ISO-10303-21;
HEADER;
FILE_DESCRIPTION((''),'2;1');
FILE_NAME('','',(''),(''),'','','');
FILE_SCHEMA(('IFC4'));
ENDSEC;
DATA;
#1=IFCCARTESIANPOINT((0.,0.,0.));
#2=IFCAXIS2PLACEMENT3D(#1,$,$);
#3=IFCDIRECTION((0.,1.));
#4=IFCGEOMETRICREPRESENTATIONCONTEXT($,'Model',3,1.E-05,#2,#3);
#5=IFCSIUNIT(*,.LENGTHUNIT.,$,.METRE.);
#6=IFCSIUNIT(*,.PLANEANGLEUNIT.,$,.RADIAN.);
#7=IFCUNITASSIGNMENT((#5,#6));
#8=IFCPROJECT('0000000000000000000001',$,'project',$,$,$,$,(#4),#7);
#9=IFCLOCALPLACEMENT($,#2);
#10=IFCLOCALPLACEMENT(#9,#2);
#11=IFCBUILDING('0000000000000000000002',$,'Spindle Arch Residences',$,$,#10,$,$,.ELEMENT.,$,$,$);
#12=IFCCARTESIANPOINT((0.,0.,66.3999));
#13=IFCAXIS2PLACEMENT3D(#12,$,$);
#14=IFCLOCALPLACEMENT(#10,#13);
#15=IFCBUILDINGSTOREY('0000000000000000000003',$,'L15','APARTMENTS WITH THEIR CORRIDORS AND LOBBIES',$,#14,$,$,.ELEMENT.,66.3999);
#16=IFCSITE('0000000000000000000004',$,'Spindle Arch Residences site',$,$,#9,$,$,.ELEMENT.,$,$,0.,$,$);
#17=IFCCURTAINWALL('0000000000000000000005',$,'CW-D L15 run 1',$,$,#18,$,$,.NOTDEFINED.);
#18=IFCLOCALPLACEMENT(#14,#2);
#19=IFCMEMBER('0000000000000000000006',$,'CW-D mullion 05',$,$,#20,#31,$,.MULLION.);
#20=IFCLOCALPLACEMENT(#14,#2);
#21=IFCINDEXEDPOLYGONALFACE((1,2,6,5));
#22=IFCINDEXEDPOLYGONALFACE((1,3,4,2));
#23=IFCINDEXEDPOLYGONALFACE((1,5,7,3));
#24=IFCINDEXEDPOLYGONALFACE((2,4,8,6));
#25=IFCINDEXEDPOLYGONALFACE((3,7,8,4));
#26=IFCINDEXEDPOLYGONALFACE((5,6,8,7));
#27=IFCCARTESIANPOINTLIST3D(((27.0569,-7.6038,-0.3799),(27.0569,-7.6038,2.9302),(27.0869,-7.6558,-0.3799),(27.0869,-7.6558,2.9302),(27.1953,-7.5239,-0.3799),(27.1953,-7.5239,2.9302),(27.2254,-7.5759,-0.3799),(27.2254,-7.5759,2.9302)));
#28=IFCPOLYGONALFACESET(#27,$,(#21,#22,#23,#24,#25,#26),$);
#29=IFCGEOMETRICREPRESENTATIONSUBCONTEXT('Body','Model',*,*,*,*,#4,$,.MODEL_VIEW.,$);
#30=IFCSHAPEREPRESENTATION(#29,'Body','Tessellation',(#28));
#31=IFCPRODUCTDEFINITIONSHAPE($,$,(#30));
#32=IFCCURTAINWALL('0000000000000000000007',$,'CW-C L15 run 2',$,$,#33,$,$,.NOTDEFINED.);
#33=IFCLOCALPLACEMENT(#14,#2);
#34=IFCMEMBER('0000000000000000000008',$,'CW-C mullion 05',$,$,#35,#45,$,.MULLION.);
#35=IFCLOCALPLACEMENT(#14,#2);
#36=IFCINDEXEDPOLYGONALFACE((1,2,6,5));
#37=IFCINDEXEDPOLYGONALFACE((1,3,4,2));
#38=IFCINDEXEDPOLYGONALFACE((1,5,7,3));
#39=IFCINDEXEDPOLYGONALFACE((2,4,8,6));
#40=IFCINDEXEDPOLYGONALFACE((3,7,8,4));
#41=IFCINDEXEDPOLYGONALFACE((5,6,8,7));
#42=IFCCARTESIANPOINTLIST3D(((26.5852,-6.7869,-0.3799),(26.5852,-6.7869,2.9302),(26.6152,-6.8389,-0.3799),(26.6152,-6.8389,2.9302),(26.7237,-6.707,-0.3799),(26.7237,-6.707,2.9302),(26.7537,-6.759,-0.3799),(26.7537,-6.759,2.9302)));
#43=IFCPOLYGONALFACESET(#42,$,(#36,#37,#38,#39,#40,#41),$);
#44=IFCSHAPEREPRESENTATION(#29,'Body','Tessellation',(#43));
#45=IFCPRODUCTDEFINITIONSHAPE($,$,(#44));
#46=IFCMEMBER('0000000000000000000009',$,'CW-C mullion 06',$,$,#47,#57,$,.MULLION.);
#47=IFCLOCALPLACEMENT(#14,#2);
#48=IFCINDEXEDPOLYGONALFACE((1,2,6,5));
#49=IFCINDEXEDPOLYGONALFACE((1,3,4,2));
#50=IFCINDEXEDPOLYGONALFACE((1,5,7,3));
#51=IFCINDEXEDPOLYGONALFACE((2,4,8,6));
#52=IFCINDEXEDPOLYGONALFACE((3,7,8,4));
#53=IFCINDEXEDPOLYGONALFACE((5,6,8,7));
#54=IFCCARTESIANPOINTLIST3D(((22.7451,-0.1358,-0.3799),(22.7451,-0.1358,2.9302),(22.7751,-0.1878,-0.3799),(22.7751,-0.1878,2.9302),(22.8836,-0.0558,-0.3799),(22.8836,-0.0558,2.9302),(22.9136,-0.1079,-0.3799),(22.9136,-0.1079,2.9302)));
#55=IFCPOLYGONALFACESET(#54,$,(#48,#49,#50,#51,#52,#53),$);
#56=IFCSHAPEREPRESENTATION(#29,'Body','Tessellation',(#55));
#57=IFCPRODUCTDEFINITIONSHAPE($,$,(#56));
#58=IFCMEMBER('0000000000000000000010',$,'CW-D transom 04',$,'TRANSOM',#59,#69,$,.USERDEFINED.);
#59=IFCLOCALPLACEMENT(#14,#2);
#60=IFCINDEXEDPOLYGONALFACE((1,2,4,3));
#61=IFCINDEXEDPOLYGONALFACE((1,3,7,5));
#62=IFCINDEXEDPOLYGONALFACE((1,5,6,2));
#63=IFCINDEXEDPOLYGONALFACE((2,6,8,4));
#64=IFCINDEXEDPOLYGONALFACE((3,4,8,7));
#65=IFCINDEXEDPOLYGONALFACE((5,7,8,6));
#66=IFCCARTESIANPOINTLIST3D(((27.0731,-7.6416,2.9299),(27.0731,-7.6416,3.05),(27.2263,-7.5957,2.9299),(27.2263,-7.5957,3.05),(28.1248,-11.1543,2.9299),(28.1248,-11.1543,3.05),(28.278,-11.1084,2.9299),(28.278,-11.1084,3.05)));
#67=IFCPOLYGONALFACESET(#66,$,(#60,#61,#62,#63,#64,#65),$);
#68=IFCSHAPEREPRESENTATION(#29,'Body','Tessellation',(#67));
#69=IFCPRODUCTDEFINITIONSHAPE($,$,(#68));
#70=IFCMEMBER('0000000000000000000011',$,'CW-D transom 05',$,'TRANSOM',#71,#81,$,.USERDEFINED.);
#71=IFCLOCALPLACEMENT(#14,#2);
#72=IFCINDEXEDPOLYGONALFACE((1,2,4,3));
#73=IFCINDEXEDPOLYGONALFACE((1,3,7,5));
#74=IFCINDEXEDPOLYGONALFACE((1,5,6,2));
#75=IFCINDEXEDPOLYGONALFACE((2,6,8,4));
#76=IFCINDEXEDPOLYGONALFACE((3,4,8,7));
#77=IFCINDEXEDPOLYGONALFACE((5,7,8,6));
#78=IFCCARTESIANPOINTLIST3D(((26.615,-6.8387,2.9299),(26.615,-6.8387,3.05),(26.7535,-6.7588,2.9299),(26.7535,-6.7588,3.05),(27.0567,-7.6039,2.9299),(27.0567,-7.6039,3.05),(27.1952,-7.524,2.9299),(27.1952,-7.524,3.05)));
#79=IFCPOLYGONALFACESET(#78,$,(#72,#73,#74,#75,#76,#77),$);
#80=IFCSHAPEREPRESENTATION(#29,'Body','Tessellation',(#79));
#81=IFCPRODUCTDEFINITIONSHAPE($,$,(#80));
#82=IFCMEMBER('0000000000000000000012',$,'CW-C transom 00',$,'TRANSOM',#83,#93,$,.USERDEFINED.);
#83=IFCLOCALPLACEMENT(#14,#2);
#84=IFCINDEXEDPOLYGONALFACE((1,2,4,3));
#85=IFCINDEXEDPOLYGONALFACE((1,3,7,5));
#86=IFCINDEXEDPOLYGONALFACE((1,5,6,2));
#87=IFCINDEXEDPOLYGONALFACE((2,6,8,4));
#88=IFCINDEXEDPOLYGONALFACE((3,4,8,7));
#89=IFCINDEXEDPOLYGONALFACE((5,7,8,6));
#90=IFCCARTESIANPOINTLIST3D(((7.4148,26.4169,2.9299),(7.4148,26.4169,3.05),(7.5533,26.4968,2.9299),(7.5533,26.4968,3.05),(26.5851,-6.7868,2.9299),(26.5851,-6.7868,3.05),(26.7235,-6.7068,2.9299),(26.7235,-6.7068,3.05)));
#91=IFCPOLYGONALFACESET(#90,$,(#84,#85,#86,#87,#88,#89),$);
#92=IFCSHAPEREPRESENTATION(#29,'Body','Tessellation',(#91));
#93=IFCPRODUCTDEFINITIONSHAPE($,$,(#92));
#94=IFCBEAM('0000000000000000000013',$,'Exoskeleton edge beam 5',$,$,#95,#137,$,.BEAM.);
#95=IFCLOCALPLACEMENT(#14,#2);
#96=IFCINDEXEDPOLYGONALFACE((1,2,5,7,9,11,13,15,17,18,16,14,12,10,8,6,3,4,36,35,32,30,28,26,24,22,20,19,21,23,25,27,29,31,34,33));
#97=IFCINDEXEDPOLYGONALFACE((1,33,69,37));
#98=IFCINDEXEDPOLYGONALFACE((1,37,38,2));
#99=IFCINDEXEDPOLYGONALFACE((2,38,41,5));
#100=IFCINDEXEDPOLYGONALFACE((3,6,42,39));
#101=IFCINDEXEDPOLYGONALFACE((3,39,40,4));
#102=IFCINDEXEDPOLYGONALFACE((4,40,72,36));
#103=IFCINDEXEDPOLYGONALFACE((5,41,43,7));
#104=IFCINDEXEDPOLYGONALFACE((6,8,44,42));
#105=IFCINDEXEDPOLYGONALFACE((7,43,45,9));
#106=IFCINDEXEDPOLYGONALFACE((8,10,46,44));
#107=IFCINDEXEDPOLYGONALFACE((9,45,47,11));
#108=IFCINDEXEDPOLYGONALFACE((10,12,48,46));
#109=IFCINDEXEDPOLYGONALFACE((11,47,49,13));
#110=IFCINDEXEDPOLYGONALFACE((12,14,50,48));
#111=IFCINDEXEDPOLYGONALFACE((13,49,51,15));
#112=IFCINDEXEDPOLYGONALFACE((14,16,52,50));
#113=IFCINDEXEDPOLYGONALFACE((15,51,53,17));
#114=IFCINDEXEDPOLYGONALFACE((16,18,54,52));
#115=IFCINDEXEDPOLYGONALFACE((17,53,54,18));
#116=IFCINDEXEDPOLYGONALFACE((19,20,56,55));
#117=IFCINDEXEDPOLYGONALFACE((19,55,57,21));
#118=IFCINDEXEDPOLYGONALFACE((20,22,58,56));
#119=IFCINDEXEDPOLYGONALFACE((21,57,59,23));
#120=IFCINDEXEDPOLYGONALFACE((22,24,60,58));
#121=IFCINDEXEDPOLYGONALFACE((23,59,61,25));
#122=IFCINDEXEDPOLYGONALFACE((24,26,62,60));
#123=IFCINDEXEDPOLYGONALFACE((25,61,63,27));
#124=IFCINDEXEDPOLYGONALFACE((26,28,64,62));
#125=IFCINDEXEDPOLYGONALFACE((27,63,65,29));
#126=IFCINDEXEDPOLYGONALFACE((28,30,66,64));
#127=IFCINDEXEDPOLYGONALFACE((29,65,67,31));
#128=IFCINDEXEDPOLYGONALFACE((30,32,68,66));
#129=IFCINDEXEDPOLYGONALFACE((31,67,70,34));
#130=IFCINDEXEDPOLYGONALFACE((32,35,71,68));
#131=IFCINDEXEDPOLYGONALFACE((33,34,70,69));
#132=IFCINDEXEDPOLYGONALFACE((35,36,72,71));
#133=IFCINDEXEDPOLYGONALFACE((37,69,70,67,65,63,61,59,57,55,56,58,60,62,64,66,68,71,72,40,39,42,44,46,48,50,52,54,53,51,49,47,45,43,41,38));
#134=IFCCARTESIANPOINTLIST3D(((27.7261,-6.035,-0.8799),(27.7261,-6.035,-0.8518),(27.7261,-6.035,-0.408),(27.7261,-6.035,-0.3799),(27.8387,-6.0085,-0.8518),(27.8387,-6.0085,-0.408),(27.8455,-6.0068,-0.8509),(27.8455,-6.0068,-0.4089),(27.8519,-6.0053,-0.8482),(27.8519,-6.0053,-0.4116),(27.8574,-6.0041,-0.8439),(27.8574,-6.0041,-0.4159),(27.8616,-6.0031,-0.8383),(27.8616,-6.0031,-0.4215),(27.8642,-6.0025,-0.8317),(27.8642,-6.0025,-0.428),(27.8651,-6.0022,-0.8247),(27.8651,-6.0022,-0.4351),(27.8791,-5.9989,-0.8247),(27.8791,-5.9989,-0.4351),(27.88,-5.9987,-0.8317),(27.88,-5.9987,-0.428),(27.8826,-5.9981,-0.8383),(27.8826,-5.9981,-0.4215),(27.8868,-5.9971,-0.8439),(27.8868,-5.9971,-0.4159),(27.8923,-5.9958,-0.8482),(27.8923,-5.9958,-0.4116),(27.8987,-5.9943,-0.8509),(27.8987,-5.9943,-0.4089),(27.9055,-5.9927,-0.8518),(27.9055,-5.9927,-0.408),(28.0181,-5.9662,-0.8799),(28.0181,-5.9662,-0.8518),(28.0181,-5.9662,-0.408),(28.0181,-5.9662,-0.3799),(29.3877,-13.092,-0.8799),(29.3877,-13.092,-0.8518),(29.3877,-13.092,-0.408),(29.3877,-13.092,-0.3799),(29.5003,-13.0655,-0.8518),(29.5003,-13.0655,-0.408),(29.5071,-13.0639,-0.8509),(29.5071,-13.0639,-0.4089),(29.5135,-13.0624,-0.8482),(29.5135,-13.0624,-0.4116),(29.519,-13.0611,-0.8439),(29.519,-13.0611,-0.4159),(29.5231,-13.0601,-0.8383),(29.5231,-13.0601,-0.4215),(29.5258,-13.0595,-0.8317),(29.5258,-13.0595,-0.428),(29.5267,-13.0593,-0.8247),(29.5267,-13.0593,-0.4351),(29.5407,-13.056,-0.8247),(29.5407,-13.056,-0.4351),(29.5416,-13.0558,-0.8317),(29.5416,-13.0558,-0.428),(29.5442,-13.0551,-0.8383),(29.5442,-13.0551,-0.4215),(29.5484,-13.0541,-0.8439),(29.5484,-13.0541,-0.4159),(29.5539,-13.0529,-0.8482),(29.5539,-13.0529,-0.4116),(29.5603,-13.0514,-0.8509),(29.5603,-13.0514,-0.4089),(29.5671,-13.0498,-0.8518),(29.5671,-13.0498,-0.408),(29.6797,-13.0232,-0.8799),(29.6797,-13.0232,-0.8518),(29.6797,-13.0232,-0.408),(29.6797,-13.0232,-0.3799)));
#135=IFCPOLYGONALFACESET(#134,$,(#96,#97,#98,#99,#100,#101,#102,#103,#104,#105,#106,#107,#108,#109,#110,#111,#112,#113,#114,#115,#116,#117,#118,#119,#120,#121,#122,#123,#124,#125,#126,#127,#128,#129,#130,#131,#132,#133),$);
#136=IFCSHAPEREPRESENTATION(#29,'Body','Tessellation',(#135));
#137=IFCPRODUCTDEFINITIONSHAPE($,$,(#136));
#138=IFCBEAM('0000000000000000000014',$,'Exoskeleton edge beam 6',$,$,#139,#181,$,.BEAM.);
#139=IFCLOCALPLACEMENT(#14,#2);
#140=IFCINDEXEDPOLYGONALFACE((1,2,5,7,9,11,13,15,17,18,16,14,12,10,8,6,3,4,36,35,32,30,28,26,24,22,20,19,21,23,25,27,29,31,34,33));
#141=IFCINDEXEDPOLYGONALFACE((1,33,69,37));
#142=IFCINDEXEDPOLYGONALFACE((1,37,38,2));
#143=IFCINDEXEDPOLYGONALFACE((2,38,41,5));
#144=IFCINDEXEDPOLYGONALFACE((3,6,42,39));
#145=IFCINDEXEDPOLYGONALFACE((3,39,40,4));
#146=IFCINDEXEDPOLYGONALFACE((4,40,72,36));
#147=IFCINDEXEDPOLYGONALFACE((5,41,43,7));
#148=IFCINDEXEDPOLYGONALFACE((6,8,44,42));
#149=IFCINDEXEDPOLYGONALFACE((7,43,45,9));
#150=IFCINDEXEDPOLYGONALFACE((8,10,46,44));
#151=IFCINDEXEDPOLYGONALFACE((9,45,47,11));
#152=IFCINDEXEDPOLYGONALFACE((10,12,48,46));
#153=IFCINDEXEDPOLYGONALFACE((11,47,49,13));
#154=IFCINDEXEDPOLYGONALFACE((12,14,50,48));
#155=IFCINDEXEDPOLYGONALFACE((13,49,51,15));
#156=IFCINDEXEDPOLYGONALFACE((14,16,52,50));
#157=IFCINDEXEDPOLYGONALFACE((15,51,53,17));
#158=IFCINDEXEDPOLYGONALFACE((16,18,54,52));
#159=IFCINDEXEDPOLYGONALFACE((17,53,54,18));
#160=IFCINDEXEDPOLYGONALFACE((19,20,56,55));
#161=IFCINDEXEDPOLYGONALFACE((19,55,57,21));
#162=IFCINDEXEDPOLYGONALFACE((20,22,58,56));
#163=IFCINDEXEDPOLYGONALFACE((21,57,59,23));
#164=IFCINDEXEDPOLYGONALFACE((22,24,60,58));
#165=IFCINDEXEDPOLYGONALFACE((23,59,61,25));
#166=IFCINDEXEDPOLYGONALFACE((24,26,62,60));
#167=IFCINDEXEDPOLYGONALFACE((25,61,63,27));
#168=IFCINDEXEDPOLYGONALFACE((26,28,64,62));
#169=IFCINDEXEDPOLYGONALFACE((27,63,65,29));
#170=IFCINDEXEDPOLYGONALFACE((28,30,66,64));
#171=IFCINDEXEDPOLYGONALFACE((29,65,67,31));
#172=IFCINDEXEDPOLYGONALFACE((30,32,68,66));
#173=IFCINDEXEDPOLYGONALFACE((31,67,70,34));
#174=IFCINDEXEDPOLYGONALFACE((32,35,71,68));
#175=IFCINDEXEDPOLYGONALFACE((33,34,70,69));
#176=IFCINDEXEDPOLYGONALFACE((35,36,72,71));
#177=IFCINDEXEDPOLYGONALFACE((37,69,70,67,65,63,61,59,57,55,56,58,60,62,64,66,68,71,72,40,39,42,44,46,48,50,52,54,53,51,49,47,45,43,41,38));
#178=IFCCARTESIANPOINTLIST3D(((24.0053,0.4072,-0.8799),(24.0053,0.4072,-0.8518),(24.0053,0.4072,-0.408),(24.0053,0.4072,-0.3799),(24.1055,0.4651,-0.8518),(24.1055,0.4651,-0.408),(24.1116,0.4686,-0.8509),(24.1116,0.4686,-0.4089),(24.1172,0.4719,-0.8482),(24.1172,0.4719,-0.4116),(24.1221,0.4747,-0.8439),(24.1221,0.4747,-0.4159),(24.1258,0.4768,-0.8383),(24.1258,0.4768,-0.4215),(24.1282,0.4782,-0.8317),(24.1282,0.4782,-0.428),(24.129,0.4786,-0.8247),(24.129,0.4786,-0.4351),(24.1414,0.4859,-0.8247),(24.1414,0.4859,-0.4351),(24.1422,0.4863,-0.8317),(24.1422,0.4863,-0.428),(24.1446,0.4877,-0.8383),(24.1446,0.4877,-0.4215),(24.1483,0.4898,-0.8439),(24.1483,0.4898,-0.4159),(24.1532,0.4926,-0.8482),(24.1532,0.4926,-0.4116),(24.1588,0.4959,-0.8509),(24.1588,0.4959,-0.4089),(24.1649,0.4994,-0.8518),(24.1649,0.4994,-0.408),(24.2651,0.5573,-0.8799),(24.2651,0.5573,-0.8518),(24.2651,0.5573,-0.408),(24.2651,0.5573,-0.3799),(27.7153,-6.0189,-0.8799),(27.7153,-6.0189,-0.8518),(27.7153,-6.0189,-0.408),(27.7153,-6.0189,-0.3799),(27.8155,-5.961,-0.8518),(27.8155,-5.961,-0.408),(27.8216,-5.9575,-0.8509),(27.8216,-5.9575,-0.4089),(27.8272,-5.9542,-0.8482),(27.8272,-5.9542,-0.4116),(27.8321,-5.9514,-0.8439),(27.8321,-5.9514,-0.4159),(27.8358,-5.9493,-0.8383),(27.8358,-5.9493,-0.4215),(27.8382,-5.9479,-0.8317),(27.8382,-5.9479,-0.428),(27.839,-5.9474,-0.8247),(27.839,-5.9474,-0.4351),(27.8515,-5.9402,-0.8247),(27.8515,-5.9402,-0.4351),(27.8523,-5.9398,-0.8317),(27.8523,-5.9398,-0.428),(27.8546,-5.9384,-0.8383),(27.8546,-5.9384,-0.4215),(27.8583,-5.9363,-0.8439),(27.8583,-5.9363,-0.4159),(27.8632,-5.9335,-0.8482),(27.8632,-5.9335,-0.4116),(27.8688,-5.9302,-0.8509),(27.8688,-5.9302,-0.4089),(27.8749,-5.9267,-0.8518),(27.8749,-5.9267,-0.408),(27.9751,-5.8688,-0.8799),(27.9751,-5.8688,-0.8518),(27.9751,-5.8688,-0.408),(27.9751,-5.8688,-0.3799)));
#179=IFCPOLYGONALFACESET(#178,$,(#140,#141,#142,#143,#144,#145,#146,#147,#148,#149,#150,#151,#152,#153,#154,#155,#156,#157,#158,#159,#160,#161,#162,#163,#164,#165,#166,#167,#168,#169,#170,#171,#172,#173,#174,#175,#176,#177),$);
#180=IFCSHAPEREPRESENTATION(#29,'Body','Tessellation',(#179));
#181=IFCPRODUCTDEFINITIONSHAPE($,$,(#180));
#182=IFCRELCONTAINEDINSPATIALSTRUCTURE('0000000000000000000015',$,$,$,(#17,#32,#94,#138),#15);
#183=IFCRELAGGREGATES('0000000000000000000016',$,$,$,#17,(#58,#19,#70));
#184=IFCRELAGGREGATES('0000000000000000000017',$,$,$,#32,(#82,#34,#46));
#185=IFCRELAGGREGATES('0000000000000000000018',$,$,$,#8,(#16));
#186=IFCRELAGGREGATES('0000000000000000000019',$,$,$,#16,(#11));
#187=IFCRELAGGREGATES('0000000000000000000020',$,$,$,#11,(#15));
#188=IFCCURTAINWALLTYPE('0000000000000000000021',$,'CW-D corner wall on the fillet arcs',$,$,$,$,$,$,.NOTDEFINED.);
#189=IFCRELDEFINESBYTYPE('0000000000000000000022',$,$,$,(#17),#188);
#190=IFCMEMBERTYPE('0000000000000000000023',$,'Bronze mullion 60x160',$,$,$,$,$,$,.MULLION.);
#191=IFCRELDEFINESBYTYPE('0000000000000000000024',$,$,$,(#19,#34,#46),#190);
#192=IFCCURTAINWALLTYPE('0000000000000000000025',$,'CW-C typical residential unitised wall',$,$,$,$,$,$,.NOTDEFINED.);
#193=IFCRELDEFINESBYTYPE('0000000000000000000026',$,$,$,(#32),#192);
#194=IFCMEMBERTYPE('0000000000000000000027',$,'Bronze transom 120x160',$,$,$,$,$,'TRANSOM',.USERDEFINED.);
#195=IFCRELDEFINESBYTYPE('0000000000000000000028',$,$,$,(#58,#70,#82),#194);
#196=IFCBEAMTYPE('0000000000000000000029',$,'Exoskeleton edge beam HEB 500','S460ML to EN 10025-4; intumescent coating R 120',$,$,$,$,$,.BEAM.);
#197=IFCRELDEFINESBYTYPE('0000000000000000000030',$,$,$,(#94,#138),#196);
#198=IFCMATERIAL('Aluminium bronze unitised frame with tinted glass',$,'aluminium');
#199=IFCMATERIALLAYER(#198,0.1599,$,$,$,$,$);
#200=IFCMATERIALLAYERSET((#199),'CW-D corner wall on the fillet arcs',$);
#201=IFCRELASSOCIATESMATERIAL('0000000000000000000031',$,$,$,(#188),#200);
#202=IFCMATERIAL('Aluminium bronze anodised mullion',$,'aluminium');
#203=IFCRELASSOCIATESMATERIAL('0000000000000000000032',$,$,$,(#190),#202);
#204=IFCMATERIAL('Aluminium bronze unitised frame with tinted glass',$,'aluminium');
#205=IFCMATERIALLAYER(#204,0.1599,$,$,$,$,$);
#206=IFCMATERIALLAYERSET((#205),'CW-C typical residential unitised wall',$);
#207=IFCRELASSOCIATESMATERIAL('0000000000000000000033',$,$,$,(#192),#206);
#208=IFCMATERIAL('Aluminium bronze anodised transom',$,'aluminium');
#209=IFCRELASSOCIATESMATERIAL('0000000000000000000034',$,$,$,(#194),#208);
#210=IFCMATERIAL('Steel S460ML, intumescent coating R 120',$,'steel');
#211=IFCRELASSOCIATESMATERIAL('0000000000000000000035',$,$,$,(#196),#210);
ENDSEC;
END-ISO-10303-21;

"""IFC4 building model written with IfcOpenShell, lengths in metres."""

from ifc_helpers import new_model, si_unit, direction, frame, origin, origin_2d, place, context, subcontext, project, spatial, rectangle, i_section, extrude, material, layer, layer_set, material_profile, profile_set, type_object, element, aggregate, save


model = new_model("IFC4")

# Units and contexts
model_context = context("Model", 3, precision=1e-05, world=origin(), true_north=direction((0.0, 1.0)))
body_context = subcontext(model_context, "Body", "Model", "MODEL_VIEW")
ifc_project = project(units=[si_unit("LENGTHUNIT", "METRE"), si_unit("PLANEANGLEUNIT", "RADIAN")], contexts=[model_context])

# Site, building, storey
site_placement = place(None, origin())
site = spatial("IfcSite", under=ifc_project, at=site_placement, Name="Spindle Arch Residences site", CompositionType="ELEMENT", RefElevation=0.0)
building_placement = place(site_placement, origin())
building = spatial("IfcBuilding", under=site, at=building_placement, Name="Spindle Arch Residences", CompositionType="ELEMENT")
storey_placement = place(building_placement, frame((0.0, 0.0, 66.3999)))
storey = spatial("IfcBuildingStorey", under=building, at=storey_placement, Name="L15", Description="APARTMENTS WITH THEIR CORRIDORS AND LOBBIES", CompositionType="ELEMENT", Elevation=66.3999)

# Curtain walls, members
ifc_material_1 = material(Name="Aluminium bronze unitised frame with tinted glass", Category="aluminium")
ifc_layer_1 = layer(ifc_material_1, 0.1599)
ifc_layer_set_1 = layer_set([ifc_layer_1], Name="CW-D corner wall on the fillet arcs")
curtain_wall_type_1 = type_object("IfcCurtainWallType", Name="CW-D corner wall on the fillet arcs", PredefinedType="NOTDEFINED", material=ifc_layer_set_1)
curtain_wall_1_placement = place(storey_placement, origin())
curtain_wall_1 = element("IfcCurtainWall", 1, at=curtain_wall_1_placement, inside=storey, type_object=curtain_wall_type_1, Name="CW-D L15 run 1", PredefinedType="NOTDEFINED")
ifc_material_2 = material(Name="Aluminium bronze anodised mullion", Category="aluminium")
ifc_material_profile_1 = material_profile(ifc_material_2, rectangle(XDim=0.1599, YDim=0.0601, at=origin_2d()), Name="MU 60x160")
ifc_profile_set_1 = profile_set([ifc_material_profile_1], Name="Aluminium bronze anodised mullion")
member_type_1 = type_object("IfcMemberType", Name="Bronze mullion 60x160", PredefinedType="MULLION", material=ifc_profile_set_1)
member_1_placement = place(storey_placement, frame((27.1411, -7.5898, -0.3799), z_axis=(0.0, 0.0, 1.0), x_axis=(-0.866025, -0.5, 0.0)))
member_1 = element("IfcMember", 2, at=member_1_placement, type_object=member_type_1, Name="CW-D mullion 05", PredefinedType="MULLION", context=body_context, shape_type="SweptSolid", body=[
    extrude(rectangle(XDim=0.1599, YDim=0.0601, at=origin_2d()), origin(), (0.0, 0.0, 1.0), 3.3101),
])
ifc_material_3 = material(Name="Aluminium bronze unitised frame with tinted glass", Category="aluminium")
ifc_layer_2 = layer(ifc_material_3, 0.1599)
ifc_layer_set_2 = layer_set([ifc_layer_2], Name="CW-C typical residential unitised wall")
curtain_wall_type_2 = type_object("IfcCurtainWallType", Name="CW-C typical residential unitised wall", PredefinedType="NOTDEFINED", material=ifc_layer_set_2)
curtain_wall_2_placement = place(storey_placement, origin())
curtain_wall_2 = element("IfcCurtainWall", 3, at=curtain_wall_2_placement, inside=storey, type_object=curtain_wall_type_2, Name="CW-C L15 run 2", PredefinedType="NOTDEFINED")
member_2_placement = place(storey_placement, frame((26.6694, -6.7729, -0.3799), z_axis=(0.0, 0.0, 1.0), x_axis=(-0.866025, -0.5, 0.0)))
member_2 = element("IfcMember", 4, at=member_2_placement, type_object=member_type_1, Name="CW-C mullion 05", PredefinedType="MULLION", context=body_context, shape_type="SweptSolid", body=[
    extrude(rectangle(XDim=0.1599, YDim=0.0601, at=origin_2d()), origin(), (0.0, 0.0, 1.0), 3.3101),
])
member_3_placement = place(storey_placement, frame((22.8293, -0.1218, -0.3799), z_axis=(0.0, 0.0, 1.0), x_axis=(-0.866025, -0.5, 0.0)))
member_3 = element("IfcMember", 5, at=member_3_placement, type_object=member_type_1, Name="CW-C mullion 06", PredefinedType="MULLION", context=body_context, shape_type="SweptSolid", body=[
    extrude(rectangle(XDim=0.1599, YDim=0.0601, at=origin_2d()), origin(), (0.0, 0.0, 1.0), 3.3101),
])

# Members
ifc_material_4 = material(Name="Aluminium bronze anodised transom", Category="aluminium")
ifc_material_profile_2 = material_profile(ifc_material_4, rectangle(XDim=0.1599, YDim=0.1201, at=origin_2d()), Name="TR 120x160")
ifc_profile_set_2 = profile_set([ifc_material_profile_2], Name="Aluminium bronze anodised transom")
member_type_2 = type_object("IfcMemberType", Name="Bronze transom 120x160", ElementType="TRANSOM", PredefinedType="USERDEFINED", material=ifc_profile_set_2)
member_4_placement = place(storey_placement, frame((28.2014, -11.1313, 2.99), z_axis=(-0.286835, 0.95798, 0.0), x_axis=(-0.95798, -0.286835, 0.0)))
member_4 = element("IfcMember", 6, at=member_4_placement, type_object=member_type_2, Name="CW-D transom 04", ObjectType="TRANSOM", PredefinedType="USERDEFINED", context=body_context, shape_type="SweptSolid", body=[
    extrude(rectangle(XDim=0.1599, YDim=0.1201, at=origin_2d()), origin(), (0.0, 0.0, 1.0), 3.6667),
])
member_5_placement = place(storey_placement, frame((27.126, -7.564, 2.99), z_axis=(-0.499914, 0.866075, 0.0), x_axis=(-0.866075, -0.499914, 0.0)))
member_5 = element("IfcMember", 7, at=member_5_placement, type_object=member_type_2, Name="CW-D transom 05", ObjectType="TRANSOM", PredefinedType="USERDEFINED", context=body_context, shape_type="SweptSolid", body=[
    extrude(rectangle(XDim=0.1599, YDim=0.1201, at=origin_2d()), origin(), (0.0, 0.0, 1.0), 0.8835),
])
member_6_placement = place(storey_placement, frame((26.6543, -6.7468, 2.99), z_axis=(-0.500001, 0.866025, 0.0), x_axis=(-0.866025, -0.500001, 0.0)))
member_6 = element("IfcMember", 8, at=member_6_placement, type_object=member_type_2, Name="CW-C transom 00", ObjectType="TRANSOM", PredefinedType="USERDEFINED", context=body_context, shape_type="SweptSolid", body=[
    extrude(rectangle(XDim=0.1599, YDim=0.1201, at=origin_2d()), origin(), (0.0, 0.0, 1.0), 38.3403),
])

# Beams
ifc_material_5 = material(Name="Steel S460ML, intumescent coating R 120", Category="steel")
ifc_material_profile_3 = material_profile(ifc_material_5, i_section(OverallWidth=0.3, OverallDepth=0.5, WebThickness=0.0144, FlangeThickness=0.0281, FilletRadius=0.0271, at=origin_2d()), Name="HEB 500")
ifc_profile_set_3 = profile_set([ifc_material_profile_3], Name="Steel S460ML, intumescent coating R 120")
beam_type_1 = type_object("IfcBeamType", Name="Exoskeleton edge beam HEB 500", Description="S460ML to EN 10025-4; intumescent coating R 120", PredefinedType="BEAM", material=ifc_profile_set_3)
beam_1_placement = place(storey_placement, frame((29.5337, -13.0576, -0.6299), z_axis=(-0.229186, 0.973383, 0.0), x_axis=(-0.973383, -0.229186, 0.0)))
element("IfcBeam", 9, at=beam_1_placement, inside=storey, type_object=beam_type_1, Name="Exoskeleton edge beam 5", PredefinedType="BEAM", context=body_context, shape_type="SweptSolid", body=[
    extrude(i_section(OverallWidth=0.3, OverallDepth=0.5, WebThickness=0.0144, FlangeThickness=0.0281, FilletRadius=0.0271, at=origin_2d()), origin(), (0.0, 0.0, 1.0), 7.25),
])
beam_2_placement = place(storey_placement, frame((27.8452, -5.9438, -0.6299), z_axis=(-0.499989, 0.866032, 0.0), x_axis=(-0.866032, -0.499989, 0.0)))
element("IfcBeam", 10, at=beam_2_placement, inside=storey, type_object=beam_type_1, Name="Exoskeleton edge beam 6", PredefinedType="BEAM", context=body_context, shape_type="SweptSolid", body=[
    extrude(i_section(OverallWidth=0.3, OverallDepth=0.5, WebThickness=0.0144, FlangeThickness=0.0281, FilletRadius=0.0271, at=origin_2d()), origin(), (0.0, 0.0, 1.0), 7.4202),
])

aggregate(curtain_wall_1, [member_4, member_1, member_5])
aggregate(curtain_wall_2, [member_6, member_2, member_3])

save(model, "model.ifc")
